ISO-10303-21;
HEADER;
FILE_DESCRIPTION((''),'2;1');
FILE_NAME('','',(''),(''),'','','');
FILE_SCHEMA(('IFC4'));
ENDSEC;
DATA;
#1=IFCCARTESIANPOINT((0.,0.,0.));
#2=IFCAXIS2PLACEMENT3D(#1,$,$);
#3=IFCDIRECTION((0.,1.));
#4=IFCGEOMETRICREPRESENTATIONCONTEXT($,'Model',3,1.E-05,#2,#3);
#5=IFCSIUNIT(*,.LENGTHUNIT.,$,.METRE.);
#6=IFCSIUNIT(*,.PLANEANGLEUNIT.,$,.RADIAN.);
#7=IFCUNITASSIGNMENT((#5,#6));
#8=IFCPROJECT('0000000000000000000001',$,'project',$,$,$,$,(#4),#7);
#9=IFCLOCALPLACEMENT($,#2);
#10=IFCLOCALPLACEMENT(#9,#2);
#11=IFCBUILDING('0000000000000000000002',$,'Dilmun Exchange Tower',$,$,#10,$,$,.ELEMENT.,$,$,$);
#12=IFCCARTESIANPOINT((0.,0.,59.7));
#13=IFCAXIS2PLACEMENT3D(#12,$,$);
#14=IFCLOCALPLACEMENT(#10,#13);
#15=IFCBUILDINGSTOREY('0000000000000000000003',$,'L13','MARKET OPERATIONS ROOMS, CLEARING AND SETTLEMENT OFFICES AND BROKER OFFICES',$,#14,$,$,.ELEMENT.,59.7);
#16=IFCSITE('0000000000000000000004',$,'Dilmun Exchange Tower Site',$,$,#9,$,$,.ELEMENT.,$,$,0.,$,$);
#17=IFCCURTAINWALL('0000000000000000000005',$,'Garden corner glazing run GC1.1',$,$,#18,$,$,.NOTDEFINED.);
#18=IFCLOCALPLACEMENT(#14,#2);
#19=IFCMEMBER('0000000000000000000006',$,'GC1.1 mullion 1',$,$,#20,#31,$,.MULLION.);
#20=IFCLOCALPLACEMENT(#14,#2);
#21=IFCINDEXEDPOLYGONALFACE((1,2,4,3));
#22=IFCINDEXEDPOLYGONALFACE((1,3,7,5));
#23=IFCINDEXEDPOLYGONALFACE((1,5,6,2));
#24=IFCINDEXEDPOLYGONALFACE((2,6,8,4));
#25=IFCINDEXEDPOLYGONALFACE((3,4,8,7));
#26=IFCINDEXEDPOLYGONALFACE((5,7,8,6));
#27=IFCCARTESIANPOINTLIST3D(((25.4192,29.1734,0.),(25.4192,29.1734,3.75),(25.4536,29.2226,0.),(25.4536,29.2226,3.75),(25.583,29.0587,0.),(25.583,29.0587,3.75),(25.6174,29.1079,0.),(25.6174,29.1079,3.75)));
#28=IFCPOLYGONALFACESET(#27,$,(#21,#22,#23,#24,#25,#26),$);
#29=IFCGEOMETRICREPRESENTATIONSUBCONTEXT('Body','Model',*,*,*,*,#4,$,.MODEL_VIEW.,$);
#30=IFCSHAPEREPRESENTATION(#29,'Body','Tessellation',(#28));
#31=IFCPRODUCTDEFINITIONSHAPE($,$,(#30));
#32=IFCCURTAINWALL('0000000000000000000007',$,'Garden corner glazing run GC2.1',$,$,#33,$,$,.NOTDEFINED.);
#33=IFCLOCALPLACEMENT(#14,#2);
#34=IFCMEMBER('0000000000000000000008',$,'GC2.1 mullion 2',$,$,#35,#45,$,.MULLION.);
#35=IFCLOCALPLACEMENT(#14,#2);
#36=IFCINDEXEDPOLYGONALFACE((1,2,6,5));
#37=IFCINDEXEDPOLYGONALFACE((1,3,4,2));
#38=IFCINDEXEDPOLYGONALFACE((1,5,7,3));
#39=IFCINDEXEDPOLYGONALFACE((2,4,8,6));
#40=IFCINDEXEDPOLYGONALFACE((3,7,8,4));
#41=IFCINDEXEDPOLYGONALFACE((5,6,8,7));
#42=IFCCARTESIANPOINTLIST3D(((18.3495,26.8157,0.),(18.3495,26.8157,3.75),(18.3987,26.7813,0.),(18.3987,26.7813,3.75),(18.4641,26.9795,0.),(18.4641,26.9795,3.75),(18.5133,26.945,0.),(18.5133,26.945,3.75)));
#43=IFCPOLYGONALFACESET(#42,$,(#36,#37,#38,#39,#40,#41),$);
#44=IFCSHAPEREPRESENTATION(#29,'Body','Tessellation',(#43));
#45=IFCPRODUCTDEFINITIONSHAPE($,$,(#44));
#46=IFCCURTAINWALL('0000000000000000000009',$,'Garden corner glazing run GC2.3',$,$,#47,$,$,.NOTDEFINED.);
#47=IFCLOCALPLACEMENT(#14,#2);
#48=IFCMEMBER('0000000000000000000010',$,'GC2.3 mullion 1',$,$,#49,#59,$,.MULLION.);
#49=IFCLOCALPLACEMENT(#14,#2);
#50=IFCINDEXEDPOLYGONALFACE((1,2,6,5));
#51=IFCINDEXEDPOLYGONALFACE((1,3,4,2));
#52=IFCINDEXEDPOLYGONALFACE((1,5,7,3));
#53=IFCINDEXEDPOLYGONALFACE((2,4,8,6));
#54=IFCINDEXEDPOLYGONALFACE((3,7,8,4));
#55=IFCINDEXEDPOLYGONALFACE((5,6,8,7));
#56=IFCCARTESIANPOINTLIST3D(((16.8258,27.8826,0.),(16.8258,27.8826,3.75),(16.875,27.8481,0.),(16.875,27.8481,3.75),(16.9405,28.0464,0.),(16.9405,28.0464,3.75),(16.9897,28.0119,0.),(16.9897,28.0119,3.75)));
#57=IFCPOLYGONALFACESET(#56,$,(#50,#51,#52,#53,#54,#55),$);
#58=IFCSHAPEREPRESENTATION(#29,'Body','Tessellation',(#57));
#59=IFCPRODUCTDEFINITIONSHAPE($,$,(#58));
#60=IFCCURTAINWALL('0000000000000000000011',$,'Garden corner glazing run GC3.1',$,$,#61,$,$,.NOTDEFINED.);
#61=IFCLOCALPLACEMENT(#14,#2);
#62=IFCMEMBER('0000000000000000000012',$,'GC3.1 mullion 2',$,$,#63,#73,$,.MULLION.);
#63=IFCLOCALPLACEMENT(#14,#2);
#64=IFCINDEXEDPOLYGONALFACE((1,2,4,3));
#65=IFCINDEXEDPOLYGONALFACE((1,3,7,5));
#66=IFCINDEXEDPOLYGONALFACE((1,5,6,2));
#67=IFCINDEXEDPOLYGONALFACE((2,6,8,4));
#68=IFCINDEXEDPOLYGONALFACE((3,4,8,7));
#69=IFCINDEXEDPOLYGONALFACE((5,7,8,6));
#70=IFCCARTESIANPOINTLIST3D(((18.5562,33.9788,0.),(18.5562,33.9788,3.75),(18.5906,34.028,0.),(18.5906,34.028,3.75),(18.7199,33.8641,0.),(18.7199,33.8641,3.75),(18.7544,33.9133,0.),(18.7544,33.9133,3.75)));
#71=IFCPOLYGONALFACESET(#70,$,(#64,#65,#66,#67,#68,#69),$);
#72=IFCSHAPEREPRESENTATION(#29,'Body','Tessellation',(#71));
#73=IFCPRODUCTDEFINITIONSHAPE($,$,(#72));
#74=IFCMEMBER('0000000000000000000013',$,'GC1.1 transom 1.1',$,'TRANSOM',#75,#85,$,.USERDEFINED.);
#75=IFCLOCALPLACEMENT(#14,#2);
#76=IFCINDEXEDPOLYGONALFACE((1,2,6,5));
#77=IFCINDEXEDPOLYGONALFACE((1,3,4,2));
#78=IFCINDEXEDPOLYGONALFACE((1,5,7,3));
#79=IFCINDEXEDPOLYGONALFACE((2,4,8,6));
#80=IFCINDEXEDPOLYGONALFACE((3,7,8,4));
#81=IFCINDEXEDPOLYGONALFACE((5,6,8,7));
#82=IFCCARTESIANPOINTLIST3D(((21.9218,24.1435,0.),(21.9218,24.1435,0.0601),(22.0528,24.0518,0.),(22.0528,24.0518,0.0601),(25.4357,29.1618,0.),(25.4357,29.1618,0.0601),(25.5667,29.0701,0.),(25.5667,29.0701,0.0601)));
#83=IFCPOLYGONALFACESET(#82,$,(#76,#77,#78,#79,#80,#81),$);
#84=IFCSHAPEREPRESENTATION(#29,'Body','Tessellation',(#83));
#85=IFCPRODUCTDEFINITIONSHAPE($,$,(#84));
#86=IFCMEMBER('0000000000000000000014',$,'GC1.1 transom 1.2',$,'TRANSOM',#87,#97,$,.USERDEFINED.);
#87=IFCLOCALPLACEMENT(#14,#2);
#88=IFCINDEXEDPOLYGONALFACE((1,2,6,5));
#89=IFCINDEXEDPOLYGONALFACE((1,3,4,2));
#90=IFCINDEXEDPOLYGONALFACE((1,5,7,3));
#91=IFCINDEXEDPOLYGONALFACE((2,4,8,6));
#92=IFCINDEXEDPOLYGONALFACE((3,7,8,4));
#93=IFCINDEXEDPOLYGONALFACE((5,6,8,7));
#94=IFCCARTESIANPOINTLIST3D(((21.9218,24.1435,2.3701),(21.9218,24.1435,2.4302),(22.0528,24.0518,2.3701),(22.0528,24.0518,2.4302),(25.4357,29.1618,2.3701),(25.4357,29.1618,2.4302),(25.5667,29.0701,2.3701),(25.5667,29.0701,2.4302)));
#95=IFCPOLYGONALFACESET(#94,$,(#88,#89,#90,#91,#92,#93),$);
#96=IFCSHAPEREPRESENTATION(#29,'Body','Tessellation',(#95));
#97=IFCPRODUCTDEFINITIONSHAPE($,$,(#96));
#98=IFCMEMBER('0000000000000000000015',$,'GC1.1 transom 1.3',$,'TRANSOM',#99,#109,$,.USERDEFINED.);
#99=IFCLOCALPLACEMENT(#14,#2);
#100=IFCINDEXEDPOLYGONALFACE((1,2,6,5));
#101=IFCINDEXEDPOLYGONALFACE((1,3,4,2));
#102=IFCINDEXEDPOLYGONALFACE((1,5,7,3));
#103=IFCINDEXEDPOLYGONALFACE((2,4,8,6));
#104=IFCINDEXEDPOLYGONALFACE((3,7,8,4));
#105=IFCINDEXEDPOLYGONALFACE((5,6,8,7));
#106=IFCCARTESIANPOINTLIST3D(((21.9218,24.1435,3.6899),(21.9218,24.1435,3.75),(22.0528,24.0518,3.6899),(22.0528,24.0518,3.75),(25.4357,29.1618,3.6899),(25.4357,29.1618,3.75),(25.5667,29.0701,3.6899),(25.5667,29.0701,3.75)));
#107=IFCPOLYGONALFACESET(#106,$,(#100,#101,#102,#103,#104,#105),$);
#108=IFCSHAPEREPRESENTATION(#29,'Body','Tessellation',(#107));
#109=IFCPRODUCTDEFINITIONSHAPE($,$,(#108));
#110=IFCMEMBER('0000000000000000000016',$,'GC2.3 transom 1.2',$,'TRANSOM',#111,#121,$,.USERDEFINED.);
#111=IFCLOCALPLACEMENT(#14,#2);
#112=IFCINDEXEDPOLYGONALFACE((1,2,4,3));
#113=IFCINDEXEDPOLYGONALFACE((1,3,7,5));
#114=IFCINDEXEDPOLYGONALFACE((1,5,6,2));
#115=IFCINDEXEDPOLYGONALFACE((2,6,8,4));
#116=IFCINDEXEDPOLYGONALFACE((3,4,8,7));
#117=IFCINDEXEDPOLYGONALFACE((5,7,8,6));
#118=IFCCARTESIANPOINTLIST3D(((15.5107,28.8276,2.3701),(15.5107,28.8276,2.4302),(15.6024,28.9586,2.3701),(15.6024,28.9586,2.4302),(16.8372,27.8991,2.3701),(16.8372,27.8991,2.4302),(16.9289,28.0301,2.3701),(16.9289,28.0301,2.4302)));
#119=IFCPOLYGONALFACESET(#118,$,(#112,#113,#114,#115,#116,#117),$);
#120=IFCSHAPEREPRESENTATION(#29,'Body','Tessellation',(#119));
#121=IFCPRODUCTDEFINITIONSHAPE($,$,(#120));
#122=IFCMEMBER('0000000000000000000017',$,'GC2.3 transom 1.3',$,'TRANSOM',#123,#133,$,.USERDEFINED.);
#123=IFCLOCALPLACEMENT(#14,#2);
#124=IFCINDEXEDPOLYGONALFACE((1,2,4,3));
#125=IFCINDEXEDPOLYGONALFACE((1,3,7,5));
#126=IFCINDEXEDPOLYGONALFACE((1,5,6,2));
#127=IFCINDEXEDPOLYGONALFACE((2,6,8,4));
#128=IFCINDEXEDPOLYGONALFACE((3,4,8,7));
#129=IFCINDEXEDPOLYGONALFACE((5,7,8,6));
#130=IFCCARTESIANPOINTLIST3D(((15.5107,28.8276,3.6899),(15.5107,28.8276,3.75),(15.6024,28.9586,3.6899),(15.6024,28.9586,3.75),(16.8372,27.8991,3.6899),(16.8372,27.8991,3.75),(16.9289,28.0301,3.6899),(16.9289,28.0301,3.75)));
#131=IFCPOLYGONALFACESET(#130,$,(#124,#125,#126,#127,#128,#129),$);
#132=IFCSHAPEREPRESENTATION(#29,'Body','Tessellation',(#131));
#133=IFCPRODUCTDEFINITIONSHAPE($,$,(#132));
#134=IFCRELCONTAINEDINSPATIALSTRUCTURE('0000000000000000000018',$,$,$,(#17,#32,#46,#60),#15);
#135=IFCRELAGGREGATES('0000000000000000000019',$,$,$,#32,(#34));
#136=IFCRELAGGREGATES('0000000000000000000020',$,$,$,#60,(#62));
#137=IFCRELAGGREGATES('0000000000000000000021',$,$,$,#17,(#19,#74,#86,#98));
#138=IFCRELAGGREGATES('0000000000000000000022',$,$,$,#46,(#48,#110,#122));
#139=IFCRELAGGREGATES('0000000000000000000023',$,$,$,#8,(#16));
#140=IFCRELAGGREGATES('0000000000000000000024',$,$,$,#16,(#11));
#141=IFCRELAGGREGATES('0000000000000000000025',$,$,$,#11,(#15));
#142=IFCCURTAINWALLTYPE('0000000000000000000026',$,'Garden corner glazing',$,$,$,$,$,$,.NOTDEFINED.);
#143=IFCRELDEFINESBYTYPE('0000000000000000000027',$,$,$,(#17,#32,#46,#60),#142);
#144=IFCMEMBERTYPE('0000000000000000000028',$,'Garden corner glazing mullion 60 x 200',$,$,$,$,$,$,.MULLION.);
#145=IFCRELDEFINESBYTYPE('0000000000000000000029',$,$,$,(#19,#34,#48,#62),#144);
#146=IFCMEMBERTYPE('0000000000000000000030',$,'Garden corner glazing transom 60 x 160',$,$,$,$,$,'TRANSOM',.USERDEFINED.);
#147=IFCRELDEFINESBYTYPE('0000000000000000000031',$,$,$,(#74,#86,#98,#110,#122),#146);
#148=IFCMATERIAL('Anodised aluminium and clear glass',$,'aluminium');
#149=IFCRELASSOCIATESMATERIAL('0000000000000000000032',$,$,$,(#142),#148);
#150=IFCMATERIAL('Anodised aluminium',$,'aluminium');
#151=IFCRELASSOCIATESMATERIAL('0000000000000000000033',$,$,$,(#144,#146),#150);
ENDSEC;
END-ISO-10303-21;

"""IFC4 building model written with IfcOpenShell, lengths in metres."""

from ifc_helpers import new_model, si_unit, direction, frame, origin, origin_2d, place, context, subcontext, project, spatial, rectangle, extrude, material, material_profile, profile_set, type_object, element, aggregate, save


model = new_model("IFC4")

# Units and contexts
model_context = context("Model", 3, precision=1e-05, world=origin(), true_north=direction((0.0, 1.0)))
body_context = subcontext(model_context, "Body", "Model", "MODEL_VIEW")
ifc_project = project(units=[si_unit("LENGTHUNIT", "METRE"), si_unit("PLANEANGLEUNIT", "RADIAN")], contexts=[model_context])

# Site, building, storey
site_placement = place(None, origin())
site = spatial("IfcSite", under=ifc_project, at=site_placement, Name="Dilmun Exchange Tower Site", CompositionType="ELEMENT", RefElevation=0.0)
building_placement = place(site_placement, origin())
building = spatial("IfcBuilding", under=site, at=building_placement, Name="Dilmun Exchange Tower", CompositionType="ELEMENT")
storey_placement = place(building_placement, frame((0.0, 0.0, 59.7)))
storey = spatial("IfcBuildingStorey", under=building, at=storey_placement, Name="L13", Description="MARKET OPERATIONS ROOMS, CLEARING AND SETTLEMENT OFFICES AND BROKER OFFICES", CompositionType="ELEMENT", Elevation=59.7)

# Curtain walls, members
ifc_material_1 = material(Name="Anodised aluminium and clear glass", Category="aluminium")
curtain_wall_type = type_object("IfcCurtainWallType", Name="Garden corner glazing", PredefinedType="NOTDEFINED", material=ifc_material_1)
curtain_wall_1_placement = place(storey_placement, origin())
curtain_wall_1 = element("IfcCurtainWall", 1, at=curtain_wall_1_placement, inside=storey, type_object=curtain_wall_type, Name="Garden corner glazing run GC1.1", PredefinedType="NOTDEFINED")
ifc_material_2 = material(Name="Anodised aluminium", Category="aluminium")
ifc_material_profile_1 = material_profile(ifc_material_2, rectangle(XDim=0.2, YDim=0.0601, at=origin_2d()), Name="AL 60x200")
ifc_profile_set_1 = profile_set([ifc_material_profile_1], Name="Anodised aluminium")
member_type_1 = type_object("IfcMemberType", Name="Garden corner glazing mullion 60 x 200", PredefinedType="MULLION", material=ifc_profile_set_1)
member_1_placement = place(storey_placement, frame((25.5183, 29.1406, 0.0), z_axis=(0.0, 0.0, 1.0), x_axis=(0.819154, -0.573574, 0.0)))
member_1 = element("IfcMember", 2, at=member_1_placement, type_object=member_type_1, Name="GC1.1 mullion 1", PredefinedType="MULLION", context=body_context, shape_type="SweptSolid", body=[
    extrude(rectangle(XDim=0.2, YDim=0.0601, at=origin_2d()), origin(), (0.0, 0.0, 1.0), 3.75),
])
curtain_wall_2_placement = place(storey_placement, origin())
curtain_wall_2 = element("IfcCurtainWall", 3, at=curtain_wall_2_placement, inside=storey, type_object=curtain_wall_type, Name="Garden corner glazing run GC2.1", PredefinedType="NOTDEFINED")
member_2_placement = place(storey_placement, frame((18.4314, 26.8804, 0.0), z_axis=(0.0, 0.0, 1.0), x_axis=(-0.573576, -0.819152, 0.0)))
member_2 = element("IfcMember", 4, at=member_2_placement, type_object=member_type_1, Name="GC2.1 mullion 2", PredefinedType="MULLION", context=body_context, shape_type="SweptSolid", body=[
    extrude(rectangle(XDim=0.2, YDim=0.0601, at=origin_2d()), origin(), (0.0, 0.0, 1.0), 3.75),
])
aggregate(curtain_wall_2, [member_2])
curtain_wall_3_placement = place(storey_placement, origin())
curtain_wall_3 = element("IfcCurtainWall", 5, at=curtain_wall_3_placement, inside=storey, type_object=curtain_wall_type, Name="Garden corner glazing run GC2.3", PredefinedType="NOTDEFINED")
member_3_placement = place(storey_placement, frame((16.9077, 27.9473, 0.0), z_axis=(0.0, 0.0, 1.0), x_axis=(-0.57357, -0.819156, 0.0)))
member_3 = element("IfcMember", 6, at=member_3_placement, type_object=member_type_1, Name="GC2.3 mullion 1", PredefinedType="MULLION", context=body_context, shape_type="SweptSolid", body=[
    extrude(rectangle(XDim=0.2, YDim=0.0601, at=origin_2d()), origin(), (0.0, 0.0, 1.0), 3.75),
])
curtain_wall_4_placement = place(storey_placement, origin())
curtain_wall_4 = element("IfcCurtainWall", 7, at=curtain_wall_4_placement, inside=storey, type_object=curtain_wall_type, Name="Garden corner glazing run GC3.1", PredefinedType="NOTDEFINED")
member_4_placement = place(storey_placement, frame((18.6553, 33.946, 0.0), z_axis=(0.0, 0.0, 1.0), x_axis=(-0.819154, 0.573574, 0.0)))
member_4 = element("IfcMember", 8, at=member_4_placement, type_object=member_type_1, Name="GC3.1 mullion 2", PredefinedType="MULLION", context=body_context, shape_type="SweptSolid", body=[
    extrude(rectangle(XDim=0.2, YDim=0.0601, at=origin_2d()), origin(), (0.0, 0.0, 1.0), 3.75),
])
aggregate(curtain_wall_4, [member_4])

# Members
ifc_material_profile_2 = material_profile(ifc_material_2, rectangle(XDim=0.1599, YDim=0.0601, at=origin_2d()), Name="AL 60x160")
ifc_profile_set_2 = profile_set([ifc_material_profile_2], Name="Anodised aluminium")
member_type_2 = type_object("IfcMemberType", Name="Garden corner glazing transom 60 x 160", ElementType="TRANSOM", PredefinedType="USERDEFINED", material=ifc_profile_set_2)
member_5_placement = place(storey_placement, frame((25.5012, 29.116, 0.03), z_axis=(-0.573583, -0.819148, 0.0), x_axis=(0.819148, -0.573583, 0.0)))
member_5 = element("IfcMember", 9, at=member_5_placement, type_object=member_type_2, Name="GC1.1 transom 1.1", ObjectType="TRANSOM", PredefinedType="USERDEFINED", context=body_context, shape_type="SweptSolid", body=[
    extrude(rectangle(XDim=0.1599, YDim=0.0601, at=origin_2d()), origin(), (0.0, 0.0, 1.0), 6.1262),
])
member_6_placement = place(storey_placement, frame((25.5012, 29.116, 2.4001), z_axis=(-0.573583, -0.819148, 0.0), x_axis=(0.819148, -0.573583, 0.0)))
member_6 = element("IfcMember", 10, at=member_6_placement, type_object=member_type_2, Name="GC1.1 transom 1.2", ObjectType="TRANSOM", PredefinedType="USERDEFINED", context=body_context, shape_type="SweptSolid", body=[
    extrude(rectangle(XDim=0.1599, YDim=0.0601, at=origin_2d()), origin(), (0.0, 0.0, 1.0), 6.1262),
])
member_7_placement = place(storey_placement, frame((25.5012, 29.116, 3.72), z_axis=(-0.573583, -0.819148, 0.0), x_axis=(0.819148, -0.573583, 0.0)))
member_7 = element("IfcMember", 11, at=member_7_placement, type_object=member_type_2, Name="GC1.1 transom 1.3", ObjectType="TRANSOM", PredefinedType="USERDEFINED", context=body_context, shape_type="SweptSolid", body=[
    extrude(rectangle(XDim=0.1599, YDim=0.0601, at=origin_2d()), origin(), (0.0, 0.0, 1.0), 6.1262),
])
aggregate(curtain_wall_1, [member_1, member_5, member_6, member_7])
member_8_placement = place(storey_placement, frame((16.8831, 27.9646, 2.4001), z_axis=(-0.819239, 0.573452, 0.0), x_axis=(-0.573452, -0.819239, 0.0)))
member_8 = element("IfcMember", 12, at=member_8_placement, type_object=member_type_2, Name="GC2.3 transom 1.2", ObjectType="TRANSOM", PredefinedType="USERDEFINED", context=body_context, shape_type="SweptSolid", body=[
    extrude(rectangle(XDim=0.1599, YDim=0.0601, at=origin_2d()), origin(), (0.0, 0.0, 1.0), 1.6191),
])
member_9_placement = place(storey_placement, frame((16.8831, 27.9646, 3.72), z_axis=(-0.819239, 0.573452, 0.0), x_axis=(-0.573452, -0.819239, 0.0)))
member_9 = element("IfcMember", 13, at=member_9_placement, type_object=member_type_2, Name="GC2.3 transom 1.3", ObjectType="TRANSOM", PredefinedType="USERDEFINED", context=body_context, shape_type="SweptSolid", body=[
    extrude(rectangle(XDim=0.1599, YDim=0.0601, at=origin_2d()), origin(), (0.0, 0.0, 1.0), 1.6191),
])
aggregate(curtain_wall_3, [member_3, member_8, member_9])

save(model, "model.ifc")
